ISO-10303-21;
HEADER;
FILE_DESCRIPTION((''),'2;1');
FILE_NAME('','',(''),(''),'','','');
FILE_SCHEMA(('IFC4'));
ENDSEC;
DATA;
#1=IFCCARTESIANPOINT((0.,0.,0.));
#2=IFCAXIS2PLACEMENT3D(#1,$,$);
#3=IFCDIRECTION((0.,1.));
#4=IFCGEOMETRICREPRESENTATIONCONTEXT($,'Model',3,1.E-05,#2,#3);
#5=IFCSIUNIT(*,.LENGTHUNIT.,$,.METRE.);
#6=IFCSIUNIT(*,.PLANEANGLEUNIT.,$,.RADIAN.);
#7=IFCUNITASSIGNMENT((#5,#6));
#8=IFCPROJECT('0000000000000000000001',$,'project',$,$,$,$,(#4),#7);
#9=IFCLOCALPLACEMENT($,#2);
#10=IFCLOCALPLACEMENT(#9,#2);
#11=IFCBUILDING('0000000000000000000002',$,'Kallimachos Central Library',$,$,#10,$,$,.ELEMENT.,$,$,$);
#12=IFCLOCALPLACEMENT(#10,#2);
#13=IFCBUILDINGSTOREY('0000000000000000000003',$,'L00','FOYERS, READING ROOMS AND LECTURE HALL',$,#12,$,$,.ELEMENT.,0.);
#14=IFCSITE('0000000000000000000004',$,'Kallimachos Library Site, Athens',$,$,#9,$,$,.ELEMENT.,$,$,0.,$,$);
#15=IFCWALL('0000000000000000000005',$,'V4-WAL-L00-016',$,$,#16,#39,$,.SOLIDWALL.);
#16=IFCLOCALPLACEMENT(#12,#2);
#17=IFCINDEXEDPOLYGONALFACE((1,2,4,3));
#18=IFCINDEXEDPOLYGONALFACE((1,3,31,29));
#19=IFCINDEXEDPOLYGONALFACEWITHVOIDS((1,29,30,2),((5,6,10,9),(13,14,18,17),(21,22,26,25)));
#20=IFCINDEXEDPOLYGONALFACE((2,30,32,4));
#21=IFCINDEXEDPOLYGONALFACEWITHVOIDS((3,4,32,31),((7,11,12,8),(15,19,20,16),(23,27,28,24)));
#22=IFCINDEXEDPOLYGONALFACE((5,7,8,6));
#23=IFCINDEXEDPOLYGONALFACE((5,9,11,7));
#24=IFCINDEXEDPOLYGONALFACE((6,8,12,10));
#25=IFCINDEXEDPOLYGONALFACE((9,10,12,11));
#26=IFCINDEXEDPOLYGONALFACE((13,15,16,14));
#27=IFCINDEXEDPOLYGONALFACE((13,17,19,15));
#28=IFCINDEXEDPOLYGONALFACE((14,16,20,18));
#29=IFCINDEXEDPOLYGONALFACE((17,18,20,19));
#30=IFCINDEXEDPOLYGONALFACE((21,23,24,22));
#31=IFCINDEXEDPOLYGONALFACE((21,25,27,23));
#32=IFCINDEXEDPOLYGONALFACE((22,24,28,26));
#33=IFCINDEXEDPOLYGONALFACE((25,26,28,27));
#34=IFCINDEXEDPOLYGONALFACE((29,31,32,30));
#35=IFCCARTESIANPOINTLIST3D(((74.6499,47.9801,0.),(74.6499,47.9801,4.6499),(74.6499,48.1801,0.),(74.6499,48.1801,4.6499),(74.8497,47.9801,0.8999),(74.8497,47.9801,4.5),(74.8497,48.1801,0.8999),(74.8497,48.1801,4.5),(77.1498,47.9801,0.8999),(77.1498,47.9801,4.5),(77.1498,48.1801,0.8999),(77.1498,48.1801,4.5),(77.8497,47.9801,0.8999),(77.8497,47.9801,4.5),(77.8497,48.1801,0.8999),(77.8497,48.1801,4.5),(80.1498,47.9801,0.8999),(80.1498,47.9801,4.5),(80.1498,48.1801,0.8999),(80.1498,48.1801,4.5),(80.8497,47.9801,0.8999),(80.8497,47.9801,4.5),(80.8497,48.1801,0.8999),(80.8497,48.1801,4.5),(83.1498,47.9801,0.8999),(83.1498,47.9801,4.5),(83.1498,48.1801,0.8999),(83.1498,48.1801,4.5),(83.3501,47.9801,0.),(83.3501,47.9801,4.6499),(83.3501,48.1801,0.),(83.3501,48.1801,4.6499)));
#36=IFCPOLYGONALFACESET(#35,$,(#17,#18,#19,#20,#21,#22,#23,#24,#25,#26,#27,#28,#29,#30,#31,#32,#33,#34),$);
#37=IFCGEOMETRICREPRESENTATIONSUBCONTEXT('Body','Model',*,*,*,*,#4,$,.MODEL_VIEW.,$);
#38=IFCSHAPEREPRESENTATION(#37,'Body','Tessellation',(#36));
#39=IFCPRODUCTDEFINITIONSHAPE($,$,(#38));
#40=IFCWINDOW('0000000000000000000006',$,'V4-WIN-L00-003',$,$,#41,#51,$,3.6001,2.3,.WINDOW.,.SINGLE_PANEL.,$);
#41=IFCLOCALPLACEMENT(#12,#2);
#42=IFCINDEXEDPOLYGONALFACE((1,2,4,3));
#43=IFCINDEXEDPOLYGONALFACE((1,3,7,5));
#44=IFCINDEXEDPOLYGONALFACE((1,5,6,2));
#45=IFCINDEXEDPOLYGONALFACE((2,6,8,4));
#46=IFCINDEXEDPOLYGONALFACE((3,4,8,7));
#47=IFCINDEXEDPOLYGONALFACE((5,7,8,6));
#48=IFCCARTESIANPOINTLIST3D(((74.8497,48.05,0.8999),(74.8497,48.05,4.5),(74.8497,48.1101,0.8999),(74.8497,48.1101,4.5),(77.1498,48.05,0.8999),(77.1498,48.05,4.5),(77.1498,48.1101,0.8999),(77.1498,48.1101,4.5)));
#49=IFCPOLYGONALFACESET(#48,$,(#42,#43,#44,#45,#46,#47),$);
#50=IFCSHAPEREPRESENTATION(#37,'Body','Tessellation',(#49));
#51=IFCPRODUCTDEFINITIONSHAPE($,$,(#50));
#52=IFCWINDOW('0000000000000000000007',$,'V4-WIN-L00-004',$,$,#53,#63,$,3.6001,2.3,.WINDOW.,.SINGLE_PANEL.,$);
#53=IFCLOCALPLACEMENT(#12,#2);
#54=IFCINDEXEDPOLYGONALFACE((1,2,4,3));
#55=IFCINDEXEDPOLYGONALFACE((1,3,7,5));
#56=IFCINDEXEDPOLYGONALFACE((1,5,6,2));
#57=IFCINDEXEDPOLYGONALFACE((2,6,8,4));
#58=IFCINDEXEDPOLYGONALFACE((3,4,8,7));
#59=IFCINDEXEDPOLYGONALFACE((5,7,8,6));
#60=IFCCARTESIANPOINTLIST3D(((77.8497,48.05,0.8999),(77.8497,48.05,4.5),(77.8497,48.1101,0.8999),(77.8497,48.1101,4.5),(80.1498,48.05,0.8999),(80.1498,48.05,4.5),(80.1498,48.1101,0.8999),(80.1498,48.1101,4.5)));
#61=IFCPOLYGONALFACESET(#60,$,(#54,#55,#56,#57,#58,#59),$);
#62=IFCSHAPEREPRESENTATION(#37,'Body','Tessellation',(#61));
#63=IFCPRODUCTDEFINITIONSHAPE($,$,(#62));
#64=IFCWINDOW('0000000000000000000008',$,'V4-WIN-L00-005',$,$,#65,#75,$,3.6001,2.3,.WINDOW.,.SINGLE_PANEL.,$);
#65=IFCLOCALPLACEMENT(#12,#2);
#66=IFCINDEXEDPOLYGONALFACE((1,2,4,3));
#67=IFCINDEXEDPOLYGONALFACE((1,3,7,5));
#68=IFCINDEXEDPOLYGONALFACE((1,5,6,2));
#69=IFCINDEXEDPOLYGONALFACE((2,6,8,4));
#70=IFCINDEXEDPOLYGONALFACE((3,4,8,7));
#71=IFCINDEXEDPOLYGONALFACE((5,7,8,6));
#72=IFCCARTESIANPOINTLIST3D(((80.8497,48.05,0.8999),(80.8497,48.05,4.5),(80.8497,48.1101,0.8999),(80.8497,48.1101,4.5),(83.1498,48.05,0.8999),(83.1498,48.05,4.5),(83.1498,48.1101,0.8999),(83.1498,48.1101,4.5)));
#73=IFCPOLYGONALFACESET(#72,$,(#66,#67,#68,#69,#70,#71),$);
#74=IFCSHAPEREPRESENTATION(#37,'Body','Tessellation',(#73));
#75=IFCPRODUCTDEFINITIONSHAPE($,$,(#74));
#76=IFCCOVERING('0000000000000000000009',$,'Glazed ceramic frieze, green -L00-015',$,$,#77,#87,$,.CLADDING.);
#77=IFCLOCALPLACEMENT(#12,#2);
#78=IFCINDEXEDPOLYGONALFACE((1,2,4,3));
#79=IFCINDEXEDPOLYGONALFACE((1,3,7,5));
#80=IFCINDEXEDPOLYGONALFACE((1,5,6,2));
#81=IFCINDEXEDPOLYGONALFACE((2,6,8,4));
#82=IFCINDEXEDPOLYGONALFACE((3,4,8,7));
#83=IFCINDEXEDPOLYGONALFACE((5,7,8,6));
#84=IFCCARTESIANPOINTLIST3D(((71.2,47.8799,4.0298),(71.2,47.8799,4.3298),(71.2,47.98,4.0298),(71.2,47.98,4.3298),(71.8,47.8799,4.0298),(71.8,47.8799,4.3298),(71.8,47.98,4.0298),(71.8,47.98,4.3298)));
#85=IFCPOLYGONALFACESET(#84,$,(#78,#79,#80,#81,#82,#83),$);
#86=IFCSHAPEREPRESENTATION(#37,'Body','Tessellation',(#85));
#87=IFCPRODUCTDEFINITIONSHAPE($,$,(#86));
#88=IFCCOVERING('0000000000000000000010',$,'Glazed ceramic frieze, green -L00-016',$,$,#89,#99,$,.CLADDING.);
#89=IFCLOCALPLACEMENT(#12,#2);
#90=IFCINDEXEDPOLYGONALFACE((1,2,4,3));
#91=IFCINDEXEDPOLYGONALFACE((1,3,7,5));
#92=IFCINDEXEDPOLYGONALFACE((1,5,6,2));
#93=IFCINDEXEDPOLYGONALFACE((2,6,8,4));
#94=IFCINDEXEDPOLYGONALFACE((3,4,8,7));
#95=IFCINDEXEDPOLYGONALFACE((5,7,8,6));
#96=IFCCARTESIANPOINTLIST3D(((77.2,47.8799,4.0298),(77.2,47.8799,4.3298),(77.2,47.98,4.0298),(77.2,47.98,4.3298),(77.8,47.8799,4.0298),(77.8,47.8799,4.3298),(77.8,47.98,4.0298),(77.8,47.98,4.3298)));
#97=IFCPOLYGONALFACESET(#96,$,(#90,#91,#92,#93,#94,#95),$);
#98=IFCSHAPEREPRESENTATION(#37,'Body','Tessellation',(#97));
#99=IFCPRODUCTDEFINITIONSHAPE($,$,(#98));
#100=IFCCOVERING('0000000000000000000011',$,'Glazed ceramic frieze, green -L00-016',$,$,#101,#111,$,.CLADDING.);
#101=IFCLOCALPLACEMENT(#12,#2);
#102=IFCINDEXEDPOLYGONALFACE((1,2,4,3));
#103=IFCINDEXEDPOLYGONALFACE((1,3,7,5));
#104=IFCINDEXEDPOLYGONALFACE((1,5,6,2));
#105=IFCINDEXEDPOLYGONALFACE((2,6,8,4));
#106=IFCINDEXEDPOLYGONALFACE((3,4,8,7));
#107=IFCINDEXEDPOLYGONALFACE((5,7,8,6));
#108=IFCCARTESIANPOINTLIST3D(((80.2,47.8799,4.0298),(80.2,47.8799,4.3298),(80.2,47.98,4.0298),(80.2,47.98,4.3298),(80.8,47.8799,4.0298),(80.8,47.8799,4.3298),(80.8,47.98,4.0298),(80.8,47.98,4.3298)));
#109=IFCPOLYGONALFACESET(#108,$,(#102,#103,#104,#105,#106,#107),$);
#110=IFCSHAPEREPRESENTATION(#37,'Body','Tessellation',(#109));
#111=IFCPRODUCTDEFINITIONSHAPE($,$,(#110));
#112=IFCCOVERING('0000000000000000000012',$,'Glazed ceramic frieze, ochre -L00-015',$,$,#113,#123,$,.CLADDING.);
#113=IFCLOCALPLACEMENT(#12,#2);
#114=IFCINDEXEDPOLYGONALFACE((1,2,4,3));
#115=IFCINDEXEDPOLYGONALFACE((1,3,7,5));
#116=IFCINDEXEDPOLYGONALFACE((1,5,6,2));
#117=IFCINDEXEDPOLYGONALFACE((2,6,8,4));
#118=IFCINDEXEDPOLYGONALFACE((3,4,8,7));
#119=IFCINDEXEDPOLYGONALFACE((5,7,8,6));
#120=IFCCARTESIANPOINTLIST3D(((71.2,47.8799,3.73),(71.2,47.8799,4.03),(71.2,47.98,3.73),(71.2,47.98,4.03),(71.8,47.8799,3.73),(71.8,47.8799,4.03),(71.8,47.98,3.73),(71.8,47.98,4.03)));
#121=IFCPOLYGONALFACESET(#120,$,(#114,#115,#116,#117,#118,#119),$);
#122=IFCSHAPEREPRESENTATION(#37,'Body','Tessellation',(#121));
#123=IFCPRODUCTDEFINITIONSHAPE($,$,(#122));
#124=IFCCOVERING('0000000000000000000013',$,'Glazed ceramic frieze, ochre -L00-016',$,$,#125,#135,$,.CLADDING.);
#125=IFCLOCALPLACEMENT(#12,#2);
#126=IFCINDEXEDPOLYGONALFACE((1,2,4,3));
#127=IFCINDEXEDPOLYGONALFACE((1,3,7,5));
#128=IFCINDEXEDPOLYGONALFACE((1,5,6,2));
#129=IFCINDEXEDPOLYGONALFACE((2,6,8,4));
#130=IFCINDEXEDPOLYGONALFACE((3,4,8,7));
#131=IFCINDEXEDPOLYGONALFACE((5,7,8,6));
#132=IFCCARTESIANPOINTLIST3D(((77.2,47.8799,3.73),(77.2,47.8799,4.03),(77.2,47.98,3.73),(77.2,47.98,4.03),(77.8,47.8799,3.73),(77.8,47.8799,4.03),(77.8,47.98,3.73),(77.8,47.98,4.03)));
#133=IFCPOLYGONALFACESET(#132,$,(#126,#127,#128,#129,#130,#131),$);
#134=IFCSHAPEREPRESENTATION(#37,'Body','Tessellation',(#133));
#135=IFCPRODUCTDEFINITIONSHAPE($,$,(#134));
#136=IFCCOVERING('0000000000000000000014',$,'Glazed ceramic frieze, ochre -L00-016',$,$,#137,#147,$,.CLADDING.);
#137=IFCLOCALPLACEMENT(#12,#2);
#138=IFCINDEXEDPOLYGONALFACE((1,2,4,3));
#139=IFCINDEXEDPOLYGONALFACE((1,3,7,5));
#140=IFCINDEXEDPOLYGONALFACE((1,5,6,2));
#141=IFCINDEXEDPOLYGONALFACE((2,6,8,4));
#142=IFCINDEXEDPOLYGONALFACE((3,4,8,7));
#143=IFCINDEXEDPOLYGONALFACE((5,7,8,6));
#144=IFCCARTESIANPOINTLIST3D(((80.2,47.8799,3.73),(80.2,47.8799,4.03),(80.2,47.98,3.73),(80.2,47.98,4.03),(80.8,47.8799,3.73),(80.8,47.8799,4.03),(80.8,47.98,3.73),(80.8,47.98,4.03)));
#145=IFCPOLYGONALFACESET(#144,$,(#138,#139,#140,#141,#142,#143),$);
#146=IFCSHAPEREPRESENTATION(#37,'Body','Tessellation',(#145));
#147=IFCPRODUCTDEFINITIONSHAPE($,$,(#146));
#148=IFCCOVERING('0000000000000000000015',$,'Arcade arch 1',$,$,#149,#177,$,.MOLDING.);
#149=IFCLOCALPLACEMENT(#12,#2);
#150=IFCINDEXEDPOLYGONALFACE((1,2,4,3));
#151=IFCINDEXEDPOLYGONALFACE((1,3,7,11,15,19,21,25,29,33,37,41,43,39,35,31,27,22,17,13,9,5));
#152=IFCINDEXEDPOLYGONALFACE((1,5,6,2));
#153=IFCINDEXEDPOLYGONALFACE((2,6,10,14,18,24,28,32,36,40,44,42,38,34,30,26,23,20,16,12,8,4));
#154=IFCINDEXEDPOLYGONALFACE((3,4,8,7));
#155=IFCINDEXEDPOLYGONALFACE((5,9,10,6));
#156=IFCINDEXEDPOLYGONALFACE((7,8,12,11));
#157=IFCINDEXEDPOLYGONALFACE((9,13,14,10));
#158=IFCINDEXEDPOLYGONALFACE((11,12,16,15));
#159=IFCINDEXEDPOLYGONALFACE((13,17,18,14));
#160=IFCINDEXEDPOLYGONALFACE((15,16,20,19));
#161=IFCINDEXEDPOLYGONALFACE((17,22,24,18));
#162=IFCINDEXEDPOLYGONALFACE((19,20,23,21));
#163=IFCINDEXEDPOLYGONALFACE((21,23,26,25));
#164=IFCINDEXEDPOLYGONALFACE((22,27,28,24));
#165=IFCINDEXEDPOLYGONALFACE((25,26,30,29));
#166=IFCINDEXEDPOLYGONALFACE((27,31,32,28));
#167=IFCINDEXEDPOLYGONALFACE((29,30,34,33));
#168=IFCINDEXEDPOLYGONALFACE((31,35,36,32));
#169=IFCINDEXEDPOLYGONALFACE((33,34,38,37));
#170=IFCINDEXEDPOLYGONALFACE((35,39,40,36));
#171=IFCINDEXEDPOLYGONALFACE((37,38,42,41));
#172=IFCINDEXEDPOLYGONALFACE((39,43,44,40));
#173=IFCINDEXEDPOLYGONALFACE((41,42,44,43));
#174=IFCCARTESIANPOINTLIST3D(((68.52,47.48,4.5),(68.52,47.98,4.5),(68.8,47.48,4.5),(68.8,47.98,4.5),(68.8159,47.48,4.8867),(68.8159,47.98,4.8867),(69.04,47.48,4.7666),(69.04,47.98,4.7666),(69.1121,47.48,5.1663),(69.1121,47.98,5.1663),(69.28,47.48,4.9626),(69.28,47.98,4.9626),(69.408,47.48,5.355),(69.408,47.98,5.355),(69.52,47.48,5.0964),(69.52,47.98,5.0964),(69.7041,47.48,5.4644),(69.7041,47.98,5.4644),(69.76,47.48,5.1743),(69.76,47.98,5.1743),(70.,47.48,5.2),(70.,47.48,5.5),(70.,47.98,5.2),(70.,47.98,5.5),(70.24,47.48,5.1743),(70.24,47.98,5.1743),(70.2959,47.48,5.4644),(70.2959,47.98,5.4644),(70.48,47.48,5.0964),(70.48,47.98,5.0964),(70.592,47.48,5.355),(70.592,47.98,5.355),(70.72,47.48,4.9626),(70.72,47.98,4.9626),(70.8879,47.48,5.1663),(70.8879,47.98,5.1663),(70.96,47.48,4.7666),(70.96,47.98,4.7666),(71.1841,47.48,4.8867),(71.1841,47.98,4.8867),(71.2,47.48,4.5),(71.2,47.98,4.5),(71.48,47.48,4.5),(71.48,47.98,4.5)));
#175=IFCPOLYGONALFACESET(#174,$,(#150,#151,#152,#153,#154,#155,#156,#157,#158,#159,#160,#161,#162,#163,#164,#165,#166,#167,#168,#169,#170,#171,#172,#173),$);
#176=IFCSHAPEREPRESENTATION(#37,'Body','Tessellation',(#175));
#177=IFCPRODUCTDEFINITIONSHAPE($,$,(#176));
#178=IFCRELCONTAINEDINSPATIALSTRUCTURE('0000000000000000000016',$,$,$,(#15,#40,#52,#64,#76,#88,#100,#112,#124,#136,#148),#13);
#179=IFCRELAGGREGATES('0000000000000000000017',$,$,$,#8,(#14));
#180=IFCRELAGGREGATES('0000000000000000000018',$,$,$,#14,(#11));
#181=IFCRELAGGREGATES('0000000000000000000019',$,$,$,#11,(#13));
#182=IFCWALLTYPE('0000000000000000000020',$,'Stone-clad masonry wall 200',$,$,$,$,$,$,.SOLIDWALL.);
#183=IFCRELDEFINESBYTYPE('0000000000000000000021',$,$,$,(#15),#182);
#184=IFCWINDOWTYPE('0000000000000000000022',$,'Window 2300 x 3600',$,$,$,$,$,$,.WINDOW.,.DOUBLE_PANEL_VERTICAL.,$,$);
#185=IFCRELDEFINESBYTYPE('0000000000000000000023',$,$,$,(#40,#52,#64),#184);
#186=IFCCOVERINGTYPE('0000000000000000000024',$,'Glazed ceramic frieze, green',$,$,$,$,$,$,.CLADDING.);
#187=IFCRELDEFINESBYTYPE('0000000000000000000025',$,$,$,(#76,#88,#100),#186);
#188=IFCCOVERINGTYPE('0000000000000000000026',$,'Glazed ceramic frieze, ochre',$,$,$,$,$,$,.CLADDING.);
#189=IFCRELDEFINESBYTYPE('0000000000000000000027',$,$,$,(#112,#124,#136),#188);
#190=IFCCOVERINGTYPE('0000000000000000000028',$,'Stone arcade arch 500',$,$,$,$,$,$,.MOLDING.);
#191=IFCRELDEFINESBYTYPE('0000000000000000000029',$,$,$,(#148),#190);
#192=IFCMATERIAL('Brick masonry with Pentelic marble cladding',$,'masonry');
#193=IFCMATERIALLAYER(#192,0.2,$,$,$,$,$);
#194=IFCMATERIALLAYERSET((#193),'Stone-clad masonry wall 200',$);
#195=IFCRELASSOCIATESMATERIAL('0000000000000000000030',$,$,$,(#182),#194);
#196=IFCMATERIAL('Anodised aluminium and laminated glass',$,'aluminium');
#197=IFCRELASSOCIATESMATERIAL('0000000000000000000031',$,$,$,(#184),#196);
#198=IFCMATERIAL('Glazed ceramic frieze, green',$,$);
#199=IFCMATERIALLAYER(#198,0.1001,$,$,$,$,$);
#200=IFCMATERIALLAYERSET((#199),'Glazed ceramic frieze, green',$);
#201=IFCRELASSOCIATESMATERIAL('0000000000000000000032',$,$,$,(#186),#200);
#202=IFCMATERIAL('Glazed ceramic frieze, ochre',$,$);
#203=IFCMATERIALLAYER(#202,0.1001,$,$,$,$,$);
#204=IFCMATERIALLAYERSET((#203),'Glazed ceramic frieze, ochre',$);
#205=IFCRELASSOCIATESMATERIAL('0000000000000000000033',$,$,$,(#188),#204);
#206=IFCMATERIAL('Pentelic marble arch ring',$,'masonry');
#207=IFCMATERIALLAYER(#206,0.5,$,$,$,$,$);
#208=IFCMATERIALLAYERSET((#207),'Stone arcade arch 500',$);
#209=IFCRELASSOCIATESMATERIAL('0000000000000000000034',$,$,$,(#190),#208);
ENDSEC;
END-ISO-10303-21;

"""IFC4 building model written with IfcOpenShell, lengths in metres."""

from ifc_helpers import new_model, si_unit, direction, frame, frame_2d, origin, origin_2d, place, context, subcontext, project, spatial, polyline, rectangle, outline, extrude, material, layer, layer_set, type_object, element, fill, save


model = new_model("IFC4")

# Units and contexts
model_context = context("Model", 3, precision=1e-05, world=origin(), true_north=direction((0.0, 1.0)))
body_context = subcontext(model_context, "Body", "Model", "MODEL_VIEW")
ifc_project = project(units=[si_unit("LENGTHUNIT", "METRE"), si_unit("PLANEANGLEUNIT", "RADIAN")], contexts=[model_context])

# Site, building, storey
site_placement = place(None, origin())
site = spatial("IfcSite", under=ifc_project, at=site_placement, Name="Kallimachos Library Site, Athens", CompositionType="ELEMENT", RefElevation=0.0)
building_placement = place(site_placement, origin())
building = spatial("IfcBuilding", under=site, at=building_placement, Name="Kallimachos Central Library", CompositionType="ELEMENT")
storey_placement = place(building_placement, origin())
storey = spatial("IfcBuildingStorey", under=building, at=storey_placement, Name="L00", Description="FOYERS, READING ROOMS AND LECTURE HALL", CompositionType="ELEMENT", Elevation=0.0)

# Wall, openings, windows
ifc_material_1 = material(Name="Brick masonry with Pentelic marble cladding", Category="masonry")
ifc_layer_1 = layer(ifc_material_1, 0.2)
ifc_layer_set_1 = layer_set([ifc_layer_1], Name="Stone-clad masonry wall 200")
wall_type_1 = type_object("IfcWallType", Name="Stone-clad masonry wall 200", PredefinedType="SOLIDWALL", material=ifc_layer_set_1)
wall_1_placement = place(storey_placement, frame((74.6499, 48.0801, 0.0), z_axis=(0.0, 0.0, 1.0), x_axis=(1.0, 0.0, 0.0)))
wall_1 = element("IfcWall", 1, at=wall_1_placement, inside=storey, type_object=wall_type_1, Name="V4-WAL-L00-016", PredefinedType="SOLIDWALL", context=body_context, shape_type="SweptSolid", body=[
    extrude(rectangle(XDim=8.7002, YDim=0.2, at=frame_2d((4.3501, 0.0))), origin(), (0.0, 0.0, 1.0), 4.6499),
])
opening_1_placement = place(wall_1_placement, frame((0.2, 0.0, 0.8999)))
opening_1 = element("IfcOpeningElement", 2, at=opening_1_placement, cuts=wall_1, PredefinedType="OPENING", context=body_context, shape_type="SweptSolid", body=[
    extrude(rectangle(XDim=2.3, YDim=3.6001, at=frame_2d((1.1499, 1.8))), frame((0.0, 0.1099, 0.0), z_axis=(0.0, -1.0, 0.0), x_axis=(1.0, 0.0, 0.0)), (0.0, 0.0, 1.0), 0.22),
])
opening_2_placement = place(wall_1_placement, frame((3.2, 0.0, 0.8999)))
opening_2 = element("IfcOpeningElement", 3, at=opening_2_placement, cuts=wall_1, PredefinedType="OPENING", context=body_context, shape_type="SweptSolid", body=[
    extrude(rectangle(XDim=2.3, YDim=3.6001, at=frame_2d((1.1499, 1.8))), frame((0.0, 0.1099, 0.0), z_axis=(0.0, -1.0, 0.0), x_axis=(1.0, 0.0, 0.0)), (0.0, 0.0, 1.0), 0.22),
])
opening_3_placement = place(wall_1_placement, frame((6.2, 0.0, 0.8999)))
opening_3 = element("IfcOpeningElement", 4, at=opening_3_placement, cuts=wall_1, PredefinedType="OPENING", context=body_context, shape_type="SweptSolid", body=[
    extrude(rectangle(XDim=2.3, YDim=3.6001, at=frame_2d((1.1499, 1.8))), frame((0.0, 0.1099, 0.0), z_axis=(0.0, -1.0, 0.0), x_axis=(1.0, 0.0, 0.0)), (0.0, 0.0, 1.0), 0.22),
])
ifc_material_2 = material(Name="Anodised aluminium and laminated glass", Category="aluminium")
window_type = type_object("IfcWindowType", Name="Window 2300 x 3600", PartitioningType="DOUBLE_PANEL_VERTICAL", PredefinedType="WINDOW", material=ifc_material_2)
window_1_placement = place(opening_1_placement, origin())
window_1 = element("IfcWindow", 5, at=window_1_placement, inside=storey, type_object=window_type, Name="V4-WIN-L00-003", OverallHeight=3.6001, OverallWidth=2.3, PartitioningType="SINGLE_PANEL", PredefinedType="WINDOW", context=body_context, shape_type="SweptSolid", body=[
    extrude(rectangle(XDim=2.3, YDim=3.6001, at=frame_2d((1.1499, 1.8))), frame((0.0, 0.03, 0.0), z_axis=(0.0, -1.0, 0.0), x_axis=(1.0, 0.0, 0.0)), (0.0, 0.0, 1.0), 0.0601),
])
fill(opening_1, window_1)
window_2_placement = place(opening_2_placement, origin())
window_2 = element("IfcWindow", 6, at=window_2_placement, inside=storey, type_object=window_type, Name="V4-WIN-L00-004", OverallHeight=3.6001, OverallWidth=2.3, PartitioningType="SINGLE_PANEL", PredefinedType="WINDOW", context=body_context, shape_type="SweptSolid", body=[
    extrude(rectangle(XDim=2.3, YDim=3.6001, at=frame_2d((1.1499, 1.8))), frame((0.0, 0.03, 0.0), z_axis=(0.0, -1.0, 0.0), x_axis=(1.0, 0.0, 0.0)), (0.0, 0.0, 1.0), 0.0601),
])
fill(opening_2, window_2)
window_3_placement = place(opening_3_placement, origin())
window_3 = element("IfcWindow", 7, at=window_3_placement, inside=storey, type_object=window_type, Name="V4-WIN-L00-005", OverallHeight=3.6001, OverallWidth=2.3, PartitioningType="SINGLE_PANEL", PredefinedType="WINDOW", context=body_context, shape_type="SweptSolid", body=[
    extrude(rectangle(XDim=2.3, YDim=3.6001, at=frame_2d((1.1499, 1.8))), frame((0.0, 0.03, 0.0), z_axis=(0.0, -1.0, 0.0), x_axis=(1.0, 0.0, 0.0)), (0.0, 0.0, 1.0), 0.0601),
])
fill(opening_3, window_3)

# Coverings
ifc_material_3 = material(Name="Glazed ceramic frieze, green")
ifc_layer_2 = layer(ifc_material_3, 0.1001)
ifc_layer_set_2 = layer_set([ifc_layer_2], Name="Glazed ceramic frieze, green")
covering_type_1 = type_object("IfcCoveringType", Name="Glazed ceramic frieze, green", PredefinedType="CLADDING", material=ifc_layer_set_2)
for number, where, z_axis, x_axis, name in (
    (8, (71.5, 47.9299, 4.0298), (0.0, 0.0, 1.0), (1.0, 0.0, 0.0), "Glazed ceramic frieze, green -L00-015"),
    (9, (77.5, 47.9299, 4.0298), (0.0, 0.0, 1.0), (1.0, 0.0, 0.0), "Glazed ceramic frieze, green -L00-016"),
    (10, (80.5, 47.9299, 4.0298), (0.0, 0.0, 1.0), (1.0, 0.0, 0.0), "Glazed ceramic frieze, green -L00-016"),
):
    element("IfcCovering", number, at=place(storey_placement, frame(where, z_axis=z_axis, x_axis=x_axis)), inside=storey, type_object=covering_type_1, Name=name, PredefinedType="CLADDING", context=body_context, shape_type="SweptSolid", body=[
        extrude(rectangle(XDim=0.6001, YDim=0.1001, at=origin_2d()), origin(), (0.0, 0.0, 1.0), 0.3),
    ])
ifc_material_4 = material(Name="Glazed ceramic frieze, ochre")
ifc_layer_3 = layer(ifc_material_4, 0.1001)
ifc_layer_set_3 = layer_set([ifc_layer_3], Name="Glazed ceramic frieze, ochre")
covering_type_2 = type_object("IfcCoveringType", Name="Glazed ceramic frieze, ochre", PredefinedType="CLADDING", material=ifc_layer_set_3)
for number, where, z_axis, x_axis, name in (
    (11, (71.5, 47.9299, 3.73), (0.0, 0.0, 1.0), (1.0, 0.0, 0.0), "Glazed ceramic frieze, ochre -L00-015"),
    (12, (77.5, 47.9299, 3.73), (0.0, 0.0, 1.0), (1.0, 0.0, 0.0), "Glazed ceramic frieze, ochre -L00-016"),
    (13, (80.5, 47.9299, 3.73), (0.0, 0.0, 1.0), (1.0, 0.0, 0.0), "Glazed ceramic frieze, ochre -L00-016"),
):
    element("IfcCovering", number, at=place(storey_placement, frame(where, z_axis=z_axis, x_axis=x_axis)), inside=storey, type_object=covering_type_2, Name=name, PredefinedType="CLADDING", context=body_context, shape_type="SweptSolid", body=[
        extrude(rectangle(XDim=0.6001, YDim=0.1001, at=origin_2d()), origin(), (0.0, 0.0, 1.0), 0.3),
    ])
ifc_material_5 = material(Name="Pentelic marble arch ring", Category="masonry")
ifc_layer_4 = layer(ifc_material_5, 0.5)
ifc_layer_set_4 = layer_set([ifc_layer_4], Name="Stone arcade arch 500")
covering_type_3 = type_object("IfcCoveringType", Name="Stone arcade arch 500", PredefinedType="MOLDING", material=ifc_layer_set_4)
for number, where, z_axis, x_axis, name in (
    (14, (68.52, 47.48, 4.5), (0.0, -1.0, 0.0), (1.0, 0.0, 0.0), "Arcade arch 1"),
):
    element("IfcCovering", number, at=place(storey_placement, frame(where, z_axis=z_axis, x_axis=x_axis)), inside=storey, type_object=covering_type_3, Name=name, PredefinedType="MOLDING", context=body_context, shape_type="SweptSolid", body=[
        extrude(outline(polyline([(0.0, 0.0), (0.28, 0.0), (0.28, 0.0), (0.52, 0.2666), (0.76, 0.4626), (1.0, 0.5964), (1.24, 0.6743), (1.48, 0.7), (1.72, 0.6743), (1.96, 0.5964), (2.2, 0.4626), (2.4399, 0.2666), (2.6799, 0.0), (2.6799, 0.0), (2.96, 0.0), (2.96, 0.0), (2.6641, 0.3867), (2.3679, 0.6663), (2.072, 0.855), (1.7759, 0.9644), (1.48, 1.0), (1.1841, 0.9644), (0.8879, 0.855), (0.592, 0.6663), (0.2959, 0.3867), (0.0, 0.0), (0.0, 0.0)])), origin(), (0.0, 0.0, -1.0), 0.5),
    ])

save(model, "model.ifc")
